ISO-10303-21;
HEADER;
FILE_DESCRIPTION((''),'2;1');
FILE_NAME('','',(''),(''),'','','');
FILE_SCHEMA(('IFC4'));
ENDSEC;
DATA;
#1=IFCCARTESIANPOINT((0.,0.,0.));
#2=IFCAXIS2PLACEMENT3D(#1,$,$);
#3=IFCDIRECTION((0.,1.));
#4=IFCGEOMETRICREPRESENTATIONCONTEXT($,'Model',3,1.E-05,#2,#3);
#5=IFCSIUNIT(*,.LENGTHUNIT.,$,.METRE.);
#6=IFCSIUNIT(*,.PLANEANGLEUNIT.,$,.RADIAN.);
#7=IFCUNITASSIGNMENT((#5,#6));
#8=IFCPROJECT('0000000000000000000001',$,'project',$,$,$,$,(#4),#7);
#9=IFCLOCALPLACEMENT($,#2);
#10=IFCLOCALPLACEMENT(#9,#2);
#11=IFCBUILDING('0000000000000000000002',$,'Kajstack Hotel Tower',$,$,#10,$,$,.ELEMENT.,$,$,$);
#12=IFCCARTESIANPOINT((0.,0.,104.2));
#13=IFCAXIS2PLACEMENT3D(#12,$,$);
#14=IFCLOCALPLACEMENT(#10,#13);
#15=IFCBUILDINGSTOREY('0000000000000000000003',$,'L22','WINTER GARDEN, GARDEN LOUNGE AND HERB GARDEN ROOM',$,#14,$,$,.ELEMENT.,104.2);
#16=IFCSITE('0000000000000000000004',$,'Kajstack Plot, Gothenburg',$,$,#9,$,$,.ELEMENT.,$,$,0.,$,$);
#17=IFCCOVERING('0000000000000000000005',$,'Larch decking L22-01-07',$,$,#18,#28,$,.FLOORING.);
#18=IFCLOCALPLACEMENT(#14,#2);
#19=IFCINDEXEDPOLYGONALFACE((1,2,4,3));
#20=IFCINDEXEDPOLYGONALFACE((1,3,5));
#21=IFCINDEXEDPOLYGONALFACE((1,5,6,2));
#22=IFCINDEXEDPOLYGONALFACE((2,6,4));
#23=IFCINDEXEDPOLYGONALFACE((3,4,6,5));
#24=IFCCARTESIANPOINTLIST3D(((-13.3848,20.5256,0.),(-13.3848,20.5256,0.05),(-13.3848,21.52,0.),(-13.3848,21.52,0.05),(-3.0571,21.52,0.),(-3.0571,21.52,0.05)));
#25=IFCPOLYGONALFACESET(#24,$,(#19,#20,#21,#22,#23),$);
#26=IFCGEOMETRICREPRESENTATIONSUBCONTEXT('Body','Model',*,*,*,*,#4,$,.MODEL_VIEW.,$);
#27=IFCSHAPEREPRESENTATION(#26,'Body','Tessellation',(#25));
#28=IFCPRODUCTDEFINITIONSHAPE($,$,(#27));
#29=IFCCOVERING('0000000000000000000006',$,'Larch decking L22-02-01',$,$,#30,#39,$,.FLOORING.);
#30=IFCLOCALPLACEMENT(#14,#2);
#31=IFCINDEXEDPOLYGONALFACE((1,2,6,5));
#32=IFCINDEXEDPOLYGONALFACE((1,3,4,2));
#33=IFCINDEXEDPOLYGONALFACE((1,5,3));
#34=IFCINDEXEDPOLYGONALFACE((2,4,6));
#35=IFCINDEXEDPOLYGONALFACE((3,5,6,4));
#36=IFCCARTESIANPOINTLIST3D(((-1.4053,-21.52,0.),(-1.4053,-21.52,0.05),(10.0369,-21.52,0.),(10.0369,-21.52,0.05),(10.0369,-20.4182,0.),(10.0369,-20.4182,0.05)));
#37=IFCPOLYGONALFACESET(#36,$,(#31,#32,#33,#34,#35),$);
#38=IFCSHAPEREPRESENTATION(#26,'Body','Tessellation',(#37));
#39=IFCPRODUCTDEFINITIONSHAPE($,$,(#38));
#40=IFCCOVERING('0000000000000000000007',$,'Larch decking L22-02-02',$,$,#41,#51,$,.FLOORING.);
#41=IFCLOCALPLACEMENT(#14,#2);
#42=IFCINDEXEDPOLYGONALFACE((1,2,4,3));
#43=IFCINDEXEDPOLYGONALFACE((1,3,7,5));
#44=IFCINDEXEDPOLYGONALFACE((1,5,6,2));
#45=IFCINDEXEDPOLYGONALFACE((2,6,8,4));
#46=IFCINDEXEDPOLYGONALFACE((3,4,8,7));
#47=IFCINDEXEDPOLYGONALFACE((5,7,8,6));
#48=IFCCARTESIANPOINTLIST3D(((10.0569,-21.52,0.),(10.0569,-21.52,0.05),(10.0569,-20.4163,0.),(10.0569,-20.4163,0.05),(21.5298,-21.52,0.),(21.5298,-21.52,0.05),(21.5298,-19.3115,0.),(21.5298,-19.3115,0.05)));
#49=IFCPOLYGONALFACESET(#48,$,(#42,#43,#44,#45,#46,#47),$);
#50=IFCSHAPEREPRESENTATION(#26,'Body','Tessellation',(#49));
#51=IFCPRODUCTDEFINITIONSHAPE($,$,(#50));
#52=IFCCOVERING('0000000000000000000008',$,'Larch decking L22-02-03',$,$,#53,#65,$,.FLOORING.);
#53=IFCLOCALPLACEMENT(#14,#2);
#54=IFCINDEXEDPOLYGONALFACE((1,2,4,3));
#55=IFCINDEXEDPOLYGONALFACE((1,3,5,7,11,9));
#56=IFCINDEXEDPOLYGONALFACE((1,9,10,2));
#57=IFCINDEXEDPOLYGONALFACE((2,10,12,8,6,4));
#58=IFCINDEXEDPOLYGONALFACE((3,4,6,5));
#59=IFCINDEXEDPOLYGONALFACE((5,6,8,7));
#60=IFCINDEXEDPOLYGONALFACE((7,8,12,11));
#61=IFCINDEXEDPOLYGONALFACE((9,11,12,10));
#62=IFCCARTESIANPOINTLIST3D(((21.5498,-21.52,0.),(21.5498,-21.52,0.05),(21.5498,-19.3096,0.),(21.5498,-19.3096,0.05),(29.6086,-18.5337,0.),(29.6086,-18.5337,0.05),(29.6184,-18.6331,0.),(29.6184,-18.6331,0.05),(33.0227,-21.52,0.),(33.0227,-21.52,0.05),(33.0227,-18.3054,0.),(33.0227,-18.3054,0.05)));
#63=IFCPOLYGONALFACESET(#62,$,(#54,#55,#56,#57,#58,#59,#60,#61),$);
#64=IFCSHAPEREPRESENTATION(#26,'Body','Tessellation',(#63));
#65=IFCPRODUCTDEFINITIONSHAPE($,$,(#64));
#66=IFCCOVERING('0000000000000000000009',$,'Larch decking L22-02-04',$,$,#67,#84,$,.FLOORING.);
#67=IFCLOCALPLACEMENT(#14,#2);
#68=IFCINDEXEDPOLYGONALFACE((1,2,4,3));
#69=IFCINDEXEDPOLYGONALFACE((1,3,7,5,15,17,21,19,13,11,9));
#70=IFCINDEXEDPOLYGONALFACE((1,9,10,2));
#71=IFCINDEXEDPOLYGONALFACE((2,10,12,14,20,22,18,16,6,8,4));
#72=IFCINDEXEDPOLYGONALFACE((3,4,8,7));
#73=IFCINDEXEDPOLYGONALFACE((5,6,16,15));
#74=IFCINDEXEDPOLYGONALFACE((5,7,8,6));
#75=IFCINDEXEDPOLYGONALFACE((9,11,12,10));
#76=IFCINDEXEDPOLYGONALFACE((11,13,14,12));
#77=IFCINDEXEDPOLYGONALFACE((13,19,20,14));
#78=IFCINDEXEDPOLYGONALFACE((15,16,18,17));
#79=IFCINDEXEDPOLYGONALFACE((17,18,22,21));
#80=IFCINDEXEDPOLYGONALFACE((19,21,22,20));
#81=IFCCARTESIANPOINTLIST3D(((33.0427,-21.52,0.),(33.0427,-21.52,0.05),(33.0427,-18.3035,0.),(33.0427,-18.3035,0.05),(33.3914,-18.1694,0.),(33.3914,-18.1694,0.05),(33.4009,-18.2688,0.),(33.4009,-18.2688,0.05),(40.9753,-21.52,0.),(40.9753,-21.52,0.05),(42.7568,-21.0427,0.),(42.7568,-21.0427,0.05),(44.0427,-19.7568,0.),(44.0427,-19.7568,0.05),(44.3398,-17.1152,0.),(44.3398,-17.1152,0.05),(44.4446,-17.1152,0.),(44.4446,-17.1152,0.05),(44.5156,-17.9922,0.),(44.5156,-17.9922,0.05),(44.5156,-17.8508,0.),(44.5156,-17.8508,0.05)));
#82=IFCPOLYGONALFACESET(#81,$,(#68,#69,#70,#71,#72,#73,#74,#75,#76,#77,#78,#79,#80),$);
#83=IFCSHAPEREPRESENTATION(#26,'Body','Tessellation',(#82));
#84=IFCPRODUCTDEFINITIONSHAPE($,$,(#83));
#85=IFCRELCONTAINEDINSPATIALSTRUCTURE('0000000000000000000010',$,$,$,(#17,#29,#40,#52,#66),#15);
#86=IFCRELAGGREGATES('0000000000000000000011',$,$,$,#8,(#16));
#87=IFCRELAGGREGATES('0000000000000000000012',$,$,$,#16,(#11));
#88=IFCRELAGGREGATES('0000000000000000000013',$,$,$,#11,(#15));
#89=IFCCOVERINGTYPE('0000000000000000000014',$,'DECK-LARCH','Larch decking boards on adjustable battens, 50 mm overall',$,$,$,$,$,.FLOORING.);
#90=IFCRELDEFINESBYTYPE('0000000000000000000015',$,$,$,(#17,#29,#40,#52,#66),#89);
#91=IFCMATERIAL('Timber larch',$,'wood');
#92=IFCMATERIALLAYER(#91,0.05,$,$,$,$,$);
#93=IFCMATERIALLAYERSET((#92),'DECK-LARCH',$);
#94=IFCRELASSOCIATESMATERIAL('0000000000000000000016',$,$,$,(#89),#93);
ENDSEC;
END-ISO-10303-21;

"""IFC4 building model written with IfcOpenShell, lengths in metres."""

from ifc_helpers import new_model, si_unit, direction, frame, origin, place, context, subcontext, project, spatial, polyline, outline, extrude, material, layer, layer_set, type_object, element, save


model = new_model("IFC4")

# Units and contexts
model_context = context("Model", 3, precision=1e-05, world=origin(), true_north=direction((0.0, 1.0)))
body_context = subcontext(model_context, "Body", "Model", "MODEL_VIEW")
ifc_project = project(units=[si_unit("LENGTHUNIT", "METRE"), si_unit("PLANEANGLEUNIT", "RADIAN")], contexts=[model_context])

# Site, building, storey
site_placement = place(None, origin())
site = spatial("IfcSite", under=ifc_project, at=site_placement, Name="Kajstack Plot, Gothenburg", CompositionType="ELEMENT", RefElevation=0.0)
building_placement = place(site_placement, origin())
building = spatial("IfcBuilding", under=site, at=building_placement, Name="Kajstack Hotel Tower", CompositionType="ELEMENT")
storey_placement = place(building_placement, frame((0.0, 0.0, 104.2)))
storey = spatial("IfcBuildingStorey", under=building, at=storey_placement, Name="L22", Description="WINTER GARDEN, GARDEN LOUNGE AND HERB GARDEN ROOM", CompositionType="ELEMENT", Elevation=104.2)

# Coverings
ifc_material_1 = material(Name="Timber larch", Category="wood")
ifc_layer_1 = layer(ifc_material_1, 0.05)
ifc_layer_set_1 = layer_set([ifc_layer_1], Name="DECK-LARCH")
covering_type = type_object("IfcCoveringType", Name="DECK-LARCH", Description="Larch decking boards on adjustable battens, 50 mm overall", PredefinedType="FLOORING", material=ifc_layer_set_1)
covering_1_placement = place(storey_placement, origin())
element("IfcCovering", 1, at=covering_1_placement, inside=storey, type_object=covering_type, Name="Larch decking L22-01-07", PredefinedType="FLOORING", context=body_context, shape_type="SweptSolid", body=[
    extrude(outline(polyline([(-3.0571, 21.52), (-13.3848, 21.52), (-13.3848, 20.5256), (-3.0571, 21.52)])), origin(), (0.0, 0.0, 1.0), 0.05),
])
covering_2_placement = place(storey_placement, origin())
element("IfcCovering", 2, at=covering_2_placement, inside=storey, type_object=covering_type, Name="Larch decking L22-02-01", PredefinedType="FLOORING", context=body_context, shape_type="SweptSolid", body=[
    extrude(outline(polyline([(-1.4053, -21.52), (10.0369, -21.52), (10.0369, -20.4182), (-1.4053, -21.52)])), origin(), (0.0, 0.0, 1.0), 0.05),
])
covering_3_placement = place(storey_placement, origin())
element("IfcCovering", 3, at=covering_3_placement, inside=storey, type_object=covering_type, Name="Larch decking L22-02-02", PredefinedType="FLOORING", context=body_context, shape_type="SweptSolid", body=[
    extrude(outline(polyline([(10.0569, -20.4163), (10.0569, -21.52), (21.5298, -21.52), (21.5298, -19.3115), (10.0569, -20.4163)])), origin(), (0.0, 0.0, 1.0), 0.05),
])
covering_4_placement = place(storey_placement, origin())
element("IfcCovering", 4, at=covering_4_placement, inside=storey, type_object=covering_type, Name="Larch decking L22-02-03", PredefinedType="FLOORING", context=body_context, shape_type="SweptSolid", body=[
    extrude(outline(polyline([(29.6086, -18.5337), (21.5498, -19.3096), (21.5498, -21.52), (33.0227, -21.52), (33.0227, -18.3054), (29.6184, -18.6331), (29.6086, -18.5337)])), origin(), (0.0, 0.0, 1.0), 0.05),
])
covering_5_placement = place(storey_placement, origin())
element("IfcCovering", 5, at=covering_5_placement, inside=storey, type_object=covering_type, Name="Larch decking L22-02-04", PredefinedType="FLOORING", context=body_context, shape_type="SweptSolid", body=[
    extrude(outline(polyline([(33.0427, -18.3035), (33.0427, -21.52), (40.9753, -21.52), (42.7568, -21.0427), (44.0427, -19.7568), (44.5156, -17.9922), (44.5156, -17.8508), (44.4446, -17.1152), (44.3398, -17.1152), (33.3914, -18.1694), (33.4009, -18.2688), (33.0427, -18.3035)])), origin(), (0.0, 0.0, 1.0), 0.05),
])

save(model, "model.ifc")
